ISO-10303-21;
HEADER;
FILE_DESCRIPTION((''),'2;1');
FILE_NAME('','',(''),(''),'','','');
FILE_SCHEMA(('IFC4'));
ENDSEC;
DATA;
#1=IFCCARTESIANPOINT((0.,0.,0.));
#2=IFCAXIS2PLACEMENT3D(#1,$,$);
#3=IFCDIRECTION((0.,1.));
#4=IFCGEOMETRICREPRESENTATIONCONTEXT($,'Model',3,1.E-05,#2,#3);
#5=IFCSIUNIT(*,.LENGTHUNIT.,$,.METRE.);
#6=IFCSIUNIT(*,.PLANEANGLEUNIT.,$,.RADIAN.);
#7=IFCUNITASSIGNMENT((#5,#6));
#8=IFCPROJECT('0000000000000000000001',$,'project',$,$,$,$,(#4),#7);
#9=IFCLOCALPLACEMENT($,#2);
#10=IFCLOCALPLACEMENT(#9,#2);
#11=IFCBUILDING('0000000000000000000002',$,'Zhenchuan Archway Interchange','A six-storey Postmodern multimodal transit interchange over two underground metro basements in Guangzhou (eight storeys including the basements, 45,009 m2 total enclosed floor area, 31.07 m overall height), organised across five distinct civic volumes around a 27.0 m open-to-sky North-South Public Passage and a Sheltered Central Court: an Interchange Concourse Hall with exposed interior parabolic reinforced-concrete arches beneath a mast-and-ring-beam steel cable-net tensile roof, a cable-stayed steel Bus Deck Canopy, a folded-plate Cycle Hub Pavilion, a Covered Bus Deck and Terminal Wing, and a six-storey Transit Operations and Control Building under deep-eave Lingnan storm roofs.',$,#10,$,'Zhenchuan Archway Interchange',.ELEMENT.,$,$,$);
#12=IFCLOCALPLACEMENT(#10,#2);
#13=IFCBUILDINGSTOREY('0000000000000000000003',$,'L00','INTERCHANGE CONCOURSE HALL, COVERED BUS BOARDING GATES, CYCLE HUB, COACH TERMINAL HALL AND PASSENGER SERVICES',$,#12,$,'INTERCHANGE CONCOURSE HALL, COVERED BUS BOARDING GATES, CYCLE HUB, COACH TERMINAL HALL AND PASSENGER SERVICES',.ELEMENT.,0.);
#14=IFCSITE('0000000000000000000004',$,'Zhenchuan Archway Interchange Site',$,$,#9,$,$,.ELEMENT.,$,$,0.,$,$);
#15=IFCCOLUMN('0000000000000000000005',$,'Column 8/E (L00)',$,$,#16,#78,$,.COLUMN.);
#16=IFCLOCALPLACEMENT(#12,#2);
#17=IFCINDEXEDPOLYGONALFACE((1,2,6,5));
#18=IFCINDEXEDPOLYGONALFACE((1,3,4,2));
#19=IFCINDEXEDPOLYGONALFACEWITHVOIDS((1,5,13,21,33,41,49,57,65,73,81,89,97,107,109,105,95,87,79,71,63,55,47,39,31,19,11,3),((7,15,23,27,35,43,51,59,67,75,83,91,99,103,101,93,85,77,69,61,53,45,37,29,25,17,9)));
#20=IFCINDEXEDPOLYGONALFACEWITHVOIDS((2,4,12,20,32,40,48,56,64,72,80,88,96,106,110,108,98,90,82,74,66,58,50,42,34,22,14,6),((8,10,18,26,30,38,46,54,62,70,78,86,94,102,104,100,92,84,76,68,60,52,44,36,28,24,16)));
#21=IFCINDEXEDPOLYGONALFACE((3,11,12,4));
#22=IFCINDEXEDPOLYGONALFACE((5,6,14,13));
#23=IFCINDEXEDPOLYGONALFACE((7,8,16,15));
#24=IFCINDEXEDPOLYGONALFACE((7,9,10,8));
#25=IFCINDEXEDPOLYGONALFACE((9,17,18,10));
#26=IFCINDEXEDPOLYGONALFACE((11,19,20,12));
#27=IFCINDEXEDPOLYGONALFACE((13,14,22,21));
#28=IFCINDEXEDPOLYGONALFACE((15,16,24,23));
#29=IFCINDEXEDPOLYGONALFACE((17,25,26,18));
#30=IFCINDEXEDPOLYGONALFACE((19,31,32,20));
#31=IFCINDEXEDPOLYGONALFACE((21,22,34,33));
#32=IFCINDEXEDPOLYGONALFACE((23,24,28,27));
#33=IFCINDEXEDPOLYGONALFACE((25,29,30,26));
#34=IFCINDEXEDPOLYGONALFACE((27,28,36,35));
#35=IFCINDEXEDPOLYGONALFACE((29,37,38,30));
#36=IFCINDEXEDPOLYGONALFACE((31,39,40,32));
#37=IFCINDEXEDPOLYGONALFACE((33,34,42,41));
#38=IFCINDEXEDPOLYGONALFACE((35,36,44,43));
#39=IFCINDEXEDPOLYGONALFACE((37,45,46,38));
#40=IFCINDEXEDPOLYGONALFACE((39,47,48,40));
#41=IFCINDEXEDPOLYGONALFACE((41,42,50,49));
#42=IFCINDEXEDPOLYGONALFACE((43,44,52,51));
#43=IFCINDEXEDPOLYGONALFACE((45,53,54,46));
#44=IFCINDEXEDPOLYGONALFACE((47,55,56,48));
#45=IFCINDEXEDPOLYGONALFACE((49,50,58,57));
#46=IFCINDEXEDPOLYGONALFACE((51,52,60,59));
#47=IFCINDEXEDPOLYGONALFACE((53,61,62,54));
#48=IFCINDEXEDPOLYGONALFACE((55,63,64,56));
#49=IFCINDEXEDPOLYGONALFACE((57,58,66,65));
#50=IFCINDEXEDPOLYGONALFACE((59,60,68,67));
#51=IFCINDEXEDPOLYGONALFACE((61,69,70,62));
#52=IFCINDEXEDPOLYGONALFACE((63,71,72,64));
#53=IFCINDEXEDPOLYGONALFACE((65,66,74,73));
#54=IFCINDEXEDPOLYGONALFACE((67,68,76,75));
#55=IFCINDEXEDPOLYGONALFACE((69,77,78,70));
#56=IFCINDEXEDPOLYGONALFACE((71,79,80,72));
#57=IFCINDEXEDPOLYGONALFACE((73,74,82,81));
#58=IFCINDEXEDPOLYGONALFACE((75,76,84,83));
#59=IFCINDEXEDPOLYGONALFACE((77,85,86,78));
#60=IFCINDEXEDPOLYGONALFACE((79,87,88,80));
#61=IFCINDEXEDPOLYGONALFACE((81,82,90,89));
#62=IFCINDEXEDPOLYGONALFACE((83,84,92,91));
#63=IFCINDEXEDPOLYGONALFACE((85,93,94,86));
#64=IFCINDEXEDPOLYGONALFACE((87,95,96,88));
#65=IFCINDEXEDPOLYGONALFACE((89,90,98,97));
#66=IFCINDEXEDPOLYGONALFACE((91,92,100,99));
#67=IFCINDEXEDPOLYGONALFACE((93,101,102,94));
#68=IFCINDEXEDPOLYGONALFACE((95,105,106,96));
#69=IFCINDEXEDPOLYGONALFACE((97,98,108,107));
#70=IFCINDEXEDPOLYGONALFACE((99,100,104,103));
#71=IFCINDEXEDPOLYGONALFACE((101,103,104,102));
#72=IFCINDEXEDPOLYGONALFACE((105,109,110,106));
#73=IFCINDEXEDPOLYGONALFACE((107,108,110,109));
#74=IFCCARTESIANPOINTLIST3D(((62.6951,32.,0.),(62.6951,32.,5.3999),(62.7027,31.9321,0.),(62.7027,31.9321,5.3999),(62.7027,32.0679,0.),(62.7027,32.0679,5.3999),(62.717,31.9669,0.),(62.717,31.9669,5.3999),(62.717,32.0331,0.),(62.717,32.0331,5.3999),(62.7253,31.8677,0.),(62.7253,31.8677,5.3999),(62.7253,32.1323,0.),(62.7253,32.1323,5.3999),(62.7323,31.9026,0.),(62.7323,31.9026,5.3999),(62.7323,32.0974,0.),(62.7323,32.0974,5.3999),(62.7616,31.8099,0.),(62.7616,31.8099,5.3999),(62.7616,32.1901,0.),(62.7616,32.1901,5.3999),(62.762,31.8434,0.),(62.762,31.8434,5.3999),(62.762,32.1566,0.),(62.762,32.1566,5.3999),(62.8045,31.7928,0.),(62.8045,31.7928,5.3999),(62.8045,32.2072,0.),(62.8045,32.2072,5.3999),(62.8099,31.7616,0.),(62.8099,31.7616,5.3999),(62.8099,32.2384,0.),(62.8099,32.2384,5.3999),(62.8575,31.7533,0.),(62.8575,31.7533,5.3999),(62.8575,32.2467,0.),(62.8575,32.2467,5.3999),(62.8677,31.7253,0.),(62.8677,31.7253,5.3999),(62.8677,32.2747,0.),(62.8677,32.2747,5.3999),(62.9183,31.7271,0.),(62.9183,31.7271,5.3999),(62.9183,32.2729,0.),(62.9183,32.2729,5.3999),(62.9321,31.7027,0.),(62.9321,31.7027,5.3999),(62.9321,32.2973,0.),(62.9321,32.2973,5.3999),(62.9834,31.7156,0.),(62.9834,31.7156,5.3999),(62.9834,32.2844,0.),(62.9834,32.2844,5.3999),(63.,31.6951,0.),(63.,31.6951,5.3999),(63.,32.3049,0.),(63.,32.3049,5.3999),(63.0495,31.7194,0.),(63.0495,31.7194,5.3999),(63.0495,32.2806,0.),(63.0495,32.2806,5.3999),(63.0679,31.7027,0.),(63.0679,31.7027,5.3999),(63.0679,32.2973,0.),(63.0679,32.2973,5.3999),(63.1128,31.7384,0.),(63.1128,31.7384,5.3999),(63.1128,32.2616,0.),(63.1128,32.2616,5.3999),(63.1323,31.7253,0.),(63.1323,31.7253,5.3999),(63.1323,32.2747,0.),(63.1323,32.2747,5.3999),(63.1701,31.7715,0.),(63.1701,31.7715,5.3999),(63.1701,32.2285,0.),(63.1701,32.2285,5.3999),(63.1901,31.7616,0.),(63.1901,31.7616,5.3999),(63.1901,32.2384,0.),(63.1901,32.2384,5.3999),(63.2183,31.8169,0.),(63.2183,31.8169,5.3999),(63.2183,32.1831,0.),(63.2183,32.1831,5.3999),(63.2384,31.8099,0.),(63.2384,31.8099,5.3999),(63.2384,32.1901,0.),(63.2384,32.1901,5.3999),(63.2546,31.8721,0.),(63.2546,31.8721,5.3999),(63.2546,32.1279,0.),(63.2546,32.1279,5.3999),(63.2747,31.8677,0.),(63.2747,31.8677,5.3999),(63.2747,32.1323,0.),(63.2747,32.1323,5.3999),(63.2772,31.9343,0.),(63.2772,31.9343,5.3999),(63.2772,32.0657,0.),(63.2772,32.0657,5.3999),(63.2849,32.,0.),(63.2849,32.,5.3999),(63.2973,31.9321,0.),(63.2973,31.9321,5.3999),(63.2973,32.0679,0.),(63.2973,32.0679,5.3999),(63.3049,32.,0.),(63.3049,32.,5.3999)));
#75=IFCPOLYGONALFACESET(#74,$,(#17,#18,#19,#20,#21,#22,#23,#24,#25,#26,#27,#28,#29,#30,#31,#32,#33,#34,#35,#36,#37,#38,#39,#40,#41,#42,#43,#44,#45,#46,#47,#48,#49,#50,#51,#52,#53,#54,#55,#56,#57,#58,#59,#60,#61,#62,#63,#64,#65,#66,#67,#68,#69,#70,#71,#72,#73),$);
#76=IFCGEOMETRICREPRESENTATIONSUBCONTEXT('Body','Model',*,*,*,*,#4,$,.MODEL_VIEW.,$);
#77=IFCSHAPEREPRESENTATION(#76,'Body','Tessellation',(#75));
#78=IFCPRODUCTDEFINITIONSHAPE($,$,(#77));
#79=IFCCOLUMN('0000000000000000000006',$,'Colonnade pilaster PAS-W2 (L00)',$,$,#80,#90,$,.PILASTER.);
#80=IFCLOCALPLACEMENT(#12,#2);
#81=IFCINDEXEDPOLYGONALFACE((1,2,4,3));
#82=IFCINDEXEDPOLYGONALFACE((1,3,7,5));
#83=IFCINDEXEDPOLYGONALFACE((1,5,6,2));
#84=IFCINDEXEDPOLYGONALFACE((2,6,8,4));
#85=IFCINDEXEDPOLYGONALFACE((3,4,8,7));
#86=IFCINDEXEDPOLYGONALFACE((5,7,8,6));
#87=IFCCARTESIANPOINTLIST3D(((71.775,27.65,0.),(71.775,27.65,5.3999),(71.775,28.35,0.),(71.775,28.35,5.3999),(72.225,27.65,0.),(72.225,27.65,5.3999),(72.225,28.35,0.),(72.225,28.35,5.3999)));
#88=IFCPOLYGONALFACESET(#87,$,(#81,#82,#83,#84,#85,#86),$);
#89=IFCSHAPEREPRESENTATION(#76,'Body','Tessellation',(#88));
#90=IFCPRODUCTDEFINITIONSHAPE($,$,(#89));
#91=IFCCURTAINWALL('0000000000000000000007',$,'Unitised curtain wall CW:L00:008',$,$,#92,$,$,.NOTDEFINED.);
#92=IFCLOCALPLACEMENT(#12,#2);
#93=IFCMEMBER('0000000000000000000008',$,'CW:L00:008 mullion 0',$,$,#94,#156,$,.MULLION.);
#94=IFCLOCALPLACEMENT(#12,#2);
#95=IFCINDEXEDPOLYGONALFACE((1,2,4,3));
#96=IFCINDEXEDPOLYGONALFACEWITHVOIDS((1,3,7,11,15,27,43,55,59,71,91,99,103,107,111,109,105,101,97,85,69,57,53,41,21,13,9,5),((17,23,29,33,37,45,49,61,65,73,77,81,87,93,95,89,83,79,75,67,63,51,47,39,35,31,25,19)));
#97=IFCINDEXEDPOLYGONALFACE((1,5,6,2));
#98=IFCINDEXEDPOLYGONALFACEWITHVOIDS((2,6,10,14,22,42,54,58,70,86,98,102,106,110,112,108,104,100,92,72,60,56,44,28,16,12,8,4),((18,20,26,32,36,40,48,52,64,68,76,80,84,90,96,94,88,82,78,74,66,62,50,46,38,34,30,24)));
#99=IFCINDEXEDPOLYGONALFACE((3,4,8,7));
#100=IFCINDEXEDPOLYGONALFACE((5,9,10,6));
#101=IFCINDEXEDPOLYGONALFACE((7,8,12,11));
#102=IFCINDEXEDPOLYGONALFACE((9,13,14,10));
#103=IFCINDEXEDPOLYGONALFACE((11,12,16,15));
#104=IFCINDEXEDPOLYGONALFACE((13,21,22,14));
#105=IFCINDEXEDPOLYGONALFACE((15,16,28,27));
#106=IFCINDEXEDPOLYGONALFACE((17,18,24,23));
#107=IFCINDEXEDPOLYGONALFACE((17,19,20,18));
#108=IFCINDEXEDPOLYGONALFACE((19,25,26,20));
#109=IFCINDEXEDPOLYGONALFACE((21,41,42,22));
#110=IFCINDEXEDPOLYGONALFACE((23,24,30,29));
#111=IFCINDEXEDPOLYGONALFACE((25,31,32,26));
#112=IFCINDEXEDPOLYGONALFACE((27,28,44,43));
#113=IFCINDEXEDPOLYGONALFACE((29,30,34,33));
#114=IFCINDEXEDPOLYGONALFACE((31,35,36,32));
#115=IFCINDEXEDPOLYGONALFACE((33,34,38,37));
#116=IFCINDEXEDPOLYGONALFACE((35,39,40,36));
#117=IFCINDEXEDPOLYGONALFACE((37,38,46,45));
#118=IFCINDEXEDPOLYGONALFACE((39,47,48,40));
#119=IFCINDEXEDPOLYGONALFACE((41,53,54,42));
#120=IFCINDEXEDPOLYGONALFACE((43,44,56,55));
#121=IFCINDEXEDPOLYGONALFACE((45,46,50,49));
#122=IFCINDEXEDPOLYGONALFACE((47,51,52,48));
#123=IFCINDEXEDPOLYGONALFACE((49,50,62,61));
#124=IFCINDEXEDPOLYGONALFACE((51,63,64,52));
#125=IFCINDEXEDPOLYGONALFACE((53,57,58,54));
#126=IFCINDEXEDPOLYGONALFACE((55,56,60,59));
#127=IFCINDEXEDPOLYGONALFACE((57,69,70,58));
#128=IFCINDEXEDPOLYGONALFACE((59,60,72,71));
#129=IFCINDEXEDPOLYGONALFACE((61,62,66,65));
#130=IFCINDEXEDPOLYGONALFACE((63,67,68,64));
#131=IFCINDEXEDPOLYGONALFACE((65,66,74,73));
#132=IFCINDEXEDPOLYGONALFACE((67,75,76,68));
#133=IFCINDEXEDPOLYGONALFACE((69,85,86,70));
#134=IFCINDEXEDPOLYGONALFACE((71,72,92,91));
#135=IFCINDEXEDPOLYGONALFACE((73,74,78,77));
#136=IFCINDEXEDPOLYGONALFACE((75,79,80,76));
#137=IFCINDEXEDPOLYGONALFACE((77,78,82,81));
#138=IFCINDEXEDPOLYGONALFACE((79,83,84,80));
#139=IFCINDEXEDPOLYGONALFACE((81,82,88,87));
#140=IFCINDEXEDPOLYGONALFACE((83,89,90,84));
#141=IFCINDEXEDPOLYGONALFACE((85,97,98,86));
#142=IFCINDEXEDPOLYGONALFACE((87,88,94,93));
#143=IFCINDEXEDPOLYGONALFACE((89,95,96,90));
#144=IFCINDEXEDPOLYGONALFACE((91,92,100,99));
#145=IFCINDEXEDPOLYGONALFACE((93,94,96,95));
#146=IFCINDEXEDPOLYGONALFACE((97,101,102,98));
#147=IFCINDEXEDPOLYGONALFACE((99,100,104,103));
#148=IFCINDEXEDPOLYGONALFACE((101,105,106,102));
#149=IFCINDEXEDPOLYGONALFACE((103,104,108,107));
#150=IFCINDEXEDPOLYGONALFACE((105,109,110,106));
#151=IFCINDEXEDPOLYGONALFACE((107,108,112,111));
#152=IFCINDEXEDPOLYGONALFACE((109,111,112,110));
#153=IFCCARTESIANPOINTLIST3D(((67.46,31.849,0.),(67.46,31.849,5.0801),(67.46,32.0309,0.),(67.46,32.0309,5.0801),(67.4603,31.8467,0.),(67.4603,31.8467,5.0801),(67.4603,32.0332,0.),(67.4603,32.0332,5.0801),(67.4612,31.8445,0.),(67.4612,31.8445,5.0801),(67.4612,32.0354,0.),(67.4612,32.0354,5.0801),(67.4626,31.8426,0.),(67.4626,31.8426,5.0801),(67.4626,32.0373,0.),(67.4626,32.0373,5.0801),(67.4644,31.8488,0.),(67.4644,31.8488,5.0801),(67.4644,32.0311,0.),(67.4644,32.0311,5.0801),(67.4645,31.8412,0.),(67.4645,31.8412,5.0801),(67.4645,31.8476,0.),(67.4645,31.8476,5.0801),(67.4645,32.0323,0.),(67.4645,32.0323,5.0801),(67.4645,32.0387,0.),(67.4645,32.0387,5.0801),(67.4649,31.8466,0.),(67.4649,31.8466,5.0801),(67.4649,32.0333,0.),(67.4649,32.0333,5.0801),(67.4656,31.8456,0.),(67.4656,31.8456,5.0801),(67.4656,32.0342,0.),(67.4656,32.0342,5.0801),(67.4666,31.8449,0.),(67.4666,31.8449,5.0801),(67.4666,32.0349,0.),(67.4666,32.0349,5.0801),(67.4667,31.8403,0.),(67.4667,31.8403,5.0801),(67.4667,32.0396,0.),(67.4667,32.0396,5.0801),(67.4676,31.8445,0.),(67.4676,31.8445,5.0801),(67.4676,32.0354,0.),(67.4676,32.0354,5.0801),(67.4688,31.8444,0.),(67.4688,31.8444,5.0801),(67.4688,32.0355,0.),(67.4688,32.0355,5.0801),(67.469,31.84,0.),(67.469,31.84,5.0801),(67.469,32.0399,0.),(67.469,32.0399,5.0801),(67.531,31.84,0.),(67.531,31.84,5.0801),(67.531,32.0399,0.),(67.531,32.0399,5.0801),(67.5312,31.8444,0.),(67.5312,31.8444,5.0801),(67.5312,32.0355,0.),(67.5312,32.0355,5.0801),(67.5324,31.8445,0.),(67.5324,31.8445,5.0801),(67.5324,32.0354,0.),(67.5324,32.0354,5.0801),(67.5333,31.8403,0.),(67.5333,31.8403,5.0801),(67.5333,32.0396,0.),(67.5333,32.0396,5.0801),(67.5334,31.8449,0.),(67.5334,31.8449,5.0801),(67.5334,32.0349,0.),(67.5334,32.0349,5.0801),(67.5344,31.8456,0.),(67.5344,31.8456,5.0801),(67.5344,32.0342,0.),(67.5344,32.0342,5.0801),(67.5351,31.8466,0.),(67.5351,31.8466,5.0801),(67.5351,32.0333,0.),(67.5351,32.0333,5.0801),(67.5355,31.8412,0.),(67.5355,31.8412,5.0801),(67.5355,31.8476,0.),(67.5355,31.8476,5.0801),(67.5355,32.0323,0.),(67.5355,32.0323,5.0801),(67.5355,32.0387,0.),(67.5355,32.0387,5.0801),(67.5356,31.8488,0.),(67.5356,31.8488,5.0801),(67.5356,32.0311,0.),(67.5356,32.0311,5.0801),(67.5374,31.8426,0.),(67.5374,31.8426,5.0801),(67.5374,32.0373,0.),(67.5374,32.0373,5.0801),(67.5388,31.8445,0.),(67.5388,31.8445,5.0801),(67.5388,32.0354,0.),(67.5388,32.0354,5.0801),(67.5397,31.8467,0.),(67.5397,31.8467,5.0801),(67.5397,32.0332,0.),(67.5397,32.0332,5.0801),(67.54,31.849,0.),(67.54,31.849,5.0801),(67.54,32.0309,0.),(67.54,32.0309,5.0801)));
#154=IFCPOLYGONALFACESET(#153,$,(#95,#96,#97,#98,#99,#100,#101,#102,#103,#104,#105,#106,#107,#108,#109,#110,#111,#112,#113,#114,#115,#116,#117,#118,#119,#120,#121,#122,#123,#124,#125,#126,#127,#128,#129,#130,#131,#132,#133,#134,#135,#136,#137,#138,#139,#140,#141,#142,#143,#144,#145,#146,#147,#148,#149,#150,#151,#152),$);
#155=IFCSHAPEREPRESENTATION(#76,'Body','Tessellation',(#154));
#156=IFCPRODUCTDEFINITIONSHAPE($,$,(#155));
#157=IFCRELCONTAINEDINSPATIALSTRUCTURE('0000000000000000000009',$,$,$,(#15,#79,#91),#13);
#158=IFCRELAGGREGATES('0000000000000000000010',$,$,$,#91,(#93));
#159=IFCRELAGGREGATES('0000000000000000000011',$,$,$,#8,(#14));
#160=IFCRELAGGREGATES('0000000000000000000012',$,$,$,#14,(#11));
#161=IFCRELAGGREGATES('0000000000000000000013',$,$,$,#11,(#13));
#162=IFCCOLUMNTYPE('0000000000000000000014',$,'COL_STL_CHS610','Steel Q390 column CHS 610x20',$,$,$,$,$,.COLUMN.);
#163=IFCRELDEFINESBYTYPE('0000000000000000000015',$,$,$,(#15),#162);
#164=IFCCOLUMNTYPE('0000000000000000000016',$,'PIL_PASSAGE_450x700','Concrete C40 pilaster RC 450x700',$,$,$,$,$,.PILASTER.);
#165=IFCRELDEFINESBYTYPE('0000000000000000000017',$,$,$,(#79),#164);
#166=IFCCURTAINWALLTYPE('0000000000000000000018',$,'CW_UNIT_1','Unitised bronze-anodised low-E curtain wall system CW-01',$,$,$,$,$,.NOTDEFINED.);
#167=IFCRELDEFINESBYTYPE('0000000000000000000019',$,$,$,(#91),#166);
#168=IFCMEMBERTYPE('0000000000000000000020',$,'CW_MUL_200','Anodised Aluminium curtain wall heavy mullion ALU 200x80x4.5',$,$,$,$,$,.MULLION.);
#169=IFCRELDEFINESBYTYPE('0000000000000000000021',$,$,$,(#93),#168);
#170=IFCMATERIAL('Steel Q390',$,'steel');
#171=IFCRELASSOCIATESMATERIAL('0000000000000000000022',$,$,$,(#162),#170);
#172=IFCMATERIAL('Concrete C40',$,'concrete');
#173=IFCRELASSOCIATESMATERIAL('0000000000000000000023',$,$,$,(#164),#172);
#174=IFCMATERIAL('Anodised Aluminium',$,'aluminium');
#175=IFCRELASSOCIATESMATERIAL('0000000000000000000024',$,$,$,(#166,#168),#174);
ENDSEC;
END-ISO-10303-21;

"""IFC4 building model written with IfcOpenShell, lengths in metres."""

from ifc_helpers import new_model, si_unit, direction, frame, origin, origin_2d, place, context, subcontext, project, spatial, rectangle, hollow_rectangle, hollow_circle, extrude, material, material_profile, profile_set, type_object, element, aggregate, save


model = new_model("IFC4")

# Units and contexts
model_context = context("Model", 3, precision=1e-05, world=origin(), true_north=direction((0.0, 1.0)))
body_context = subcontext(model_context, "Body", "Model", "MODEL_VIEW")
ifc_project = project(units=[si_unit("LENGTHUNIT", "METRE"), si_unit("PLANEANGLEUNIT", "RADIAN")], contexts=[model_context])

# Site, building, storey
site_placement = place(None, origin())
site = spatial("IfcSite", under=ifc_project, at=site_placement, Name="Zhenchuan Archway Interchange Site", CompositionType="ELEMENT", RefElevation=0.0)
building_placement = place(site_placement, origin())
building = spatial("IfcBuilding", under=site, at=building_placement, Name="Zhenchuan Archway Interchange", Description="A six-storey Postmodern multimodal transit interchange over two underground metro basements in Guangzhou (eight storeys including the basements, 45,009 m2 total enclosed floor area, 31.07 m overall height), organised across five distinct civic volumes around a 27.0 m open-to-sky North-South Public Passage and a Sheltered Central Court: an Interchange Concourse Hall with exposed interior parabolic reinforced-concrete arches beneath a mast-and-ring-beam steel cable-net tensile roof, a cable-stayed steel Bus Deck Canopy, a folded-plate Cycle Hub Pavilion, a Covered Bus Deck and Terminal Wing, and a six-storey Transit Operations and Control Building under deep-eave Lingnan storm roofs.", LongName="Zhenchuan Archway Interchange", CompositionType="ELEMENT")
storey_placement = place(building_placement, origin())
storey = spatial("IfcBuildingStorey", under=building, at=storey_placement, Name="L00", Description="INTERCHANGE CONCOURSE HALL, COVERED BUS BOARDING GATES, CYCLE HUB, COACH TERMINAL HALL AND PASSENGER SERVICES", LongName="INTERCHANGE CONCOURSE HALL, COVERED BUS BOARDING GATES, CYCLE HUB, COACH TERMINAL HALL AND PASSENGER SERVICES", CompositionType="ELEMENT", Elevation=0.0)

# Columns
ifc_material_1 = material(Name="Steel Q390", Category="steel")
ifc_material_profile_1 = material_profile(ifc_material_1, hollow_circle(Radius=0.3049, WallThickness=0.02, at=origin_2d()), Name="CHS 610x20")
ifc_profile_set_1 = profile_set([ifc_material_profile_1], Name="Steel Q390")
column_type_1 = type_object("IfcColumnType", Name="COL_STL_CHS610", Description="Steel Q390 column CHS 610x20", PredefinedType="COLUMN", material=ifc_profile_set_1)
column_1_placement = place(storey_placement, frame((63.0, 32.0, 0.0), z_axis=(0.0, 0.0, 1.0), x_axis=(1.0, 0.0, 0.0)))
element("IfcColumn", 1, at=column_1_placement, inside=storey, type_object=column_type_1, Name="Column 8/E (L00)", PredefinedType="COLUMN", context=body_context, shape_type="SweptSolid", body=[
    extrude(hollow_circle(Radius=0.3049, WallThickness=0.02, at=origin_2d()), origin(), (0.0, 0.0, 1.0), 5.3999),
])
ifc_material_2 = material(Name="Concrete C40", Category="concrete")
ifc_material_profile_2 = material_profile(ifc_material_2, rectangle(XDim=0.45, YDim=0.7, at=origin_2d()), Name="RC 450x700")
ifc_profile_set_2 = profile_set([ifc_material_profile_2], Name="Concrete C40")
column_type_2 = type_object("IfcColumnType", Name="PIL_PASSAGE_450x700", Description="Concrete C40 pilaster RC 450x700", PredefinedType="PILASTER", material=ifc_profile_set_2)
column_2_placement = place(storey_placement, frame((72.0, 28.0, 0.0), z_axis=(0.0, 0.0, 1.0), x_axis=(1.0, 0.0, 0.0)))
element("IfcColumn", 2, at=column_2_placement, inside=storey, type_object=column_type_2, Name="Colonnade pilaster PAS-W2 (L00)", PredefinedType="PILASTER", context=body_context, shape_type="SweptSolid", body=[
    extrude(rectangle(XDim=0.45, YDim=0.7, at=origin_2d()), origin(), (0.0, 0.0, 1.0), 5.3999),
])

# Curtain wall, member
ifc_material_3 = material(Name="Anodised Aluminium", Category="aluminium")
curtain_wall_type = type_object("IfcCurtainWallType", Name="CW_UNIT_1", Description="Unitised bronze-anodised low-E curtain wall system CW-01", PredefinedType="NOTDEFINED", material=ifc_material_3)
curtain_wall_placement = place(storey_placement, origin())
curtain_wall = element("IfcCurtainWall", 3, at=curtain_wall_placement, inside=storey, type_object=curtain_wall_type, Name="Unitised curtain wall CW:L00:008", PredefinedType="NOTDEFINED")
ifc_material_profile_3 = material_profile(ifc_material_3, hollow_rectangle(XDim=0.0801, YDim=0.2, WallThickness=0.0044, InnerFilletRadius=0.0044, OuterFilletRadius=0.009, at=origin_2d()), Name="ALU 200x80x4.5")
ifc_profile_set_3 = profile_set([ifc_material_profile_3], Name="Anodised Aluminium")
member_type_1 = type_object("IfcMemberType", Name="CW_MUL_200", Description="Anodised Aluminium curtain wall heavy mullion ALU 200x80x4.5", PredefinedType="MULLION", material=ifc_profile_set_3)
member_1_placement = place(storey_placement, frame((67.5, 31.9399, 0.0), z_axis=(0.0, 0.0, 1.0), x_axis=(1.0, 0.0, 0.0)))
member_1 = element("IfcMember", 4, at=member_1_placement, type_object=member_type_1, Name="CW:L00:008 mullion 0", PredefinedType="MULLION", context=body_context, shape_type="SweptSolid", body=[
    extrude(hollow_rectangle(XDim=0.0801, YDim=0.2, WallThickness=0.0044, InnerFilletRadius=0.0044, OuterFilletRadius=0.009, at=origin_2d()), origin(), (0.0, 0.0, 1.0), 5.0801),
])
aggregate(curtain_wall, [member_1])

save(model, "model.ifc")
